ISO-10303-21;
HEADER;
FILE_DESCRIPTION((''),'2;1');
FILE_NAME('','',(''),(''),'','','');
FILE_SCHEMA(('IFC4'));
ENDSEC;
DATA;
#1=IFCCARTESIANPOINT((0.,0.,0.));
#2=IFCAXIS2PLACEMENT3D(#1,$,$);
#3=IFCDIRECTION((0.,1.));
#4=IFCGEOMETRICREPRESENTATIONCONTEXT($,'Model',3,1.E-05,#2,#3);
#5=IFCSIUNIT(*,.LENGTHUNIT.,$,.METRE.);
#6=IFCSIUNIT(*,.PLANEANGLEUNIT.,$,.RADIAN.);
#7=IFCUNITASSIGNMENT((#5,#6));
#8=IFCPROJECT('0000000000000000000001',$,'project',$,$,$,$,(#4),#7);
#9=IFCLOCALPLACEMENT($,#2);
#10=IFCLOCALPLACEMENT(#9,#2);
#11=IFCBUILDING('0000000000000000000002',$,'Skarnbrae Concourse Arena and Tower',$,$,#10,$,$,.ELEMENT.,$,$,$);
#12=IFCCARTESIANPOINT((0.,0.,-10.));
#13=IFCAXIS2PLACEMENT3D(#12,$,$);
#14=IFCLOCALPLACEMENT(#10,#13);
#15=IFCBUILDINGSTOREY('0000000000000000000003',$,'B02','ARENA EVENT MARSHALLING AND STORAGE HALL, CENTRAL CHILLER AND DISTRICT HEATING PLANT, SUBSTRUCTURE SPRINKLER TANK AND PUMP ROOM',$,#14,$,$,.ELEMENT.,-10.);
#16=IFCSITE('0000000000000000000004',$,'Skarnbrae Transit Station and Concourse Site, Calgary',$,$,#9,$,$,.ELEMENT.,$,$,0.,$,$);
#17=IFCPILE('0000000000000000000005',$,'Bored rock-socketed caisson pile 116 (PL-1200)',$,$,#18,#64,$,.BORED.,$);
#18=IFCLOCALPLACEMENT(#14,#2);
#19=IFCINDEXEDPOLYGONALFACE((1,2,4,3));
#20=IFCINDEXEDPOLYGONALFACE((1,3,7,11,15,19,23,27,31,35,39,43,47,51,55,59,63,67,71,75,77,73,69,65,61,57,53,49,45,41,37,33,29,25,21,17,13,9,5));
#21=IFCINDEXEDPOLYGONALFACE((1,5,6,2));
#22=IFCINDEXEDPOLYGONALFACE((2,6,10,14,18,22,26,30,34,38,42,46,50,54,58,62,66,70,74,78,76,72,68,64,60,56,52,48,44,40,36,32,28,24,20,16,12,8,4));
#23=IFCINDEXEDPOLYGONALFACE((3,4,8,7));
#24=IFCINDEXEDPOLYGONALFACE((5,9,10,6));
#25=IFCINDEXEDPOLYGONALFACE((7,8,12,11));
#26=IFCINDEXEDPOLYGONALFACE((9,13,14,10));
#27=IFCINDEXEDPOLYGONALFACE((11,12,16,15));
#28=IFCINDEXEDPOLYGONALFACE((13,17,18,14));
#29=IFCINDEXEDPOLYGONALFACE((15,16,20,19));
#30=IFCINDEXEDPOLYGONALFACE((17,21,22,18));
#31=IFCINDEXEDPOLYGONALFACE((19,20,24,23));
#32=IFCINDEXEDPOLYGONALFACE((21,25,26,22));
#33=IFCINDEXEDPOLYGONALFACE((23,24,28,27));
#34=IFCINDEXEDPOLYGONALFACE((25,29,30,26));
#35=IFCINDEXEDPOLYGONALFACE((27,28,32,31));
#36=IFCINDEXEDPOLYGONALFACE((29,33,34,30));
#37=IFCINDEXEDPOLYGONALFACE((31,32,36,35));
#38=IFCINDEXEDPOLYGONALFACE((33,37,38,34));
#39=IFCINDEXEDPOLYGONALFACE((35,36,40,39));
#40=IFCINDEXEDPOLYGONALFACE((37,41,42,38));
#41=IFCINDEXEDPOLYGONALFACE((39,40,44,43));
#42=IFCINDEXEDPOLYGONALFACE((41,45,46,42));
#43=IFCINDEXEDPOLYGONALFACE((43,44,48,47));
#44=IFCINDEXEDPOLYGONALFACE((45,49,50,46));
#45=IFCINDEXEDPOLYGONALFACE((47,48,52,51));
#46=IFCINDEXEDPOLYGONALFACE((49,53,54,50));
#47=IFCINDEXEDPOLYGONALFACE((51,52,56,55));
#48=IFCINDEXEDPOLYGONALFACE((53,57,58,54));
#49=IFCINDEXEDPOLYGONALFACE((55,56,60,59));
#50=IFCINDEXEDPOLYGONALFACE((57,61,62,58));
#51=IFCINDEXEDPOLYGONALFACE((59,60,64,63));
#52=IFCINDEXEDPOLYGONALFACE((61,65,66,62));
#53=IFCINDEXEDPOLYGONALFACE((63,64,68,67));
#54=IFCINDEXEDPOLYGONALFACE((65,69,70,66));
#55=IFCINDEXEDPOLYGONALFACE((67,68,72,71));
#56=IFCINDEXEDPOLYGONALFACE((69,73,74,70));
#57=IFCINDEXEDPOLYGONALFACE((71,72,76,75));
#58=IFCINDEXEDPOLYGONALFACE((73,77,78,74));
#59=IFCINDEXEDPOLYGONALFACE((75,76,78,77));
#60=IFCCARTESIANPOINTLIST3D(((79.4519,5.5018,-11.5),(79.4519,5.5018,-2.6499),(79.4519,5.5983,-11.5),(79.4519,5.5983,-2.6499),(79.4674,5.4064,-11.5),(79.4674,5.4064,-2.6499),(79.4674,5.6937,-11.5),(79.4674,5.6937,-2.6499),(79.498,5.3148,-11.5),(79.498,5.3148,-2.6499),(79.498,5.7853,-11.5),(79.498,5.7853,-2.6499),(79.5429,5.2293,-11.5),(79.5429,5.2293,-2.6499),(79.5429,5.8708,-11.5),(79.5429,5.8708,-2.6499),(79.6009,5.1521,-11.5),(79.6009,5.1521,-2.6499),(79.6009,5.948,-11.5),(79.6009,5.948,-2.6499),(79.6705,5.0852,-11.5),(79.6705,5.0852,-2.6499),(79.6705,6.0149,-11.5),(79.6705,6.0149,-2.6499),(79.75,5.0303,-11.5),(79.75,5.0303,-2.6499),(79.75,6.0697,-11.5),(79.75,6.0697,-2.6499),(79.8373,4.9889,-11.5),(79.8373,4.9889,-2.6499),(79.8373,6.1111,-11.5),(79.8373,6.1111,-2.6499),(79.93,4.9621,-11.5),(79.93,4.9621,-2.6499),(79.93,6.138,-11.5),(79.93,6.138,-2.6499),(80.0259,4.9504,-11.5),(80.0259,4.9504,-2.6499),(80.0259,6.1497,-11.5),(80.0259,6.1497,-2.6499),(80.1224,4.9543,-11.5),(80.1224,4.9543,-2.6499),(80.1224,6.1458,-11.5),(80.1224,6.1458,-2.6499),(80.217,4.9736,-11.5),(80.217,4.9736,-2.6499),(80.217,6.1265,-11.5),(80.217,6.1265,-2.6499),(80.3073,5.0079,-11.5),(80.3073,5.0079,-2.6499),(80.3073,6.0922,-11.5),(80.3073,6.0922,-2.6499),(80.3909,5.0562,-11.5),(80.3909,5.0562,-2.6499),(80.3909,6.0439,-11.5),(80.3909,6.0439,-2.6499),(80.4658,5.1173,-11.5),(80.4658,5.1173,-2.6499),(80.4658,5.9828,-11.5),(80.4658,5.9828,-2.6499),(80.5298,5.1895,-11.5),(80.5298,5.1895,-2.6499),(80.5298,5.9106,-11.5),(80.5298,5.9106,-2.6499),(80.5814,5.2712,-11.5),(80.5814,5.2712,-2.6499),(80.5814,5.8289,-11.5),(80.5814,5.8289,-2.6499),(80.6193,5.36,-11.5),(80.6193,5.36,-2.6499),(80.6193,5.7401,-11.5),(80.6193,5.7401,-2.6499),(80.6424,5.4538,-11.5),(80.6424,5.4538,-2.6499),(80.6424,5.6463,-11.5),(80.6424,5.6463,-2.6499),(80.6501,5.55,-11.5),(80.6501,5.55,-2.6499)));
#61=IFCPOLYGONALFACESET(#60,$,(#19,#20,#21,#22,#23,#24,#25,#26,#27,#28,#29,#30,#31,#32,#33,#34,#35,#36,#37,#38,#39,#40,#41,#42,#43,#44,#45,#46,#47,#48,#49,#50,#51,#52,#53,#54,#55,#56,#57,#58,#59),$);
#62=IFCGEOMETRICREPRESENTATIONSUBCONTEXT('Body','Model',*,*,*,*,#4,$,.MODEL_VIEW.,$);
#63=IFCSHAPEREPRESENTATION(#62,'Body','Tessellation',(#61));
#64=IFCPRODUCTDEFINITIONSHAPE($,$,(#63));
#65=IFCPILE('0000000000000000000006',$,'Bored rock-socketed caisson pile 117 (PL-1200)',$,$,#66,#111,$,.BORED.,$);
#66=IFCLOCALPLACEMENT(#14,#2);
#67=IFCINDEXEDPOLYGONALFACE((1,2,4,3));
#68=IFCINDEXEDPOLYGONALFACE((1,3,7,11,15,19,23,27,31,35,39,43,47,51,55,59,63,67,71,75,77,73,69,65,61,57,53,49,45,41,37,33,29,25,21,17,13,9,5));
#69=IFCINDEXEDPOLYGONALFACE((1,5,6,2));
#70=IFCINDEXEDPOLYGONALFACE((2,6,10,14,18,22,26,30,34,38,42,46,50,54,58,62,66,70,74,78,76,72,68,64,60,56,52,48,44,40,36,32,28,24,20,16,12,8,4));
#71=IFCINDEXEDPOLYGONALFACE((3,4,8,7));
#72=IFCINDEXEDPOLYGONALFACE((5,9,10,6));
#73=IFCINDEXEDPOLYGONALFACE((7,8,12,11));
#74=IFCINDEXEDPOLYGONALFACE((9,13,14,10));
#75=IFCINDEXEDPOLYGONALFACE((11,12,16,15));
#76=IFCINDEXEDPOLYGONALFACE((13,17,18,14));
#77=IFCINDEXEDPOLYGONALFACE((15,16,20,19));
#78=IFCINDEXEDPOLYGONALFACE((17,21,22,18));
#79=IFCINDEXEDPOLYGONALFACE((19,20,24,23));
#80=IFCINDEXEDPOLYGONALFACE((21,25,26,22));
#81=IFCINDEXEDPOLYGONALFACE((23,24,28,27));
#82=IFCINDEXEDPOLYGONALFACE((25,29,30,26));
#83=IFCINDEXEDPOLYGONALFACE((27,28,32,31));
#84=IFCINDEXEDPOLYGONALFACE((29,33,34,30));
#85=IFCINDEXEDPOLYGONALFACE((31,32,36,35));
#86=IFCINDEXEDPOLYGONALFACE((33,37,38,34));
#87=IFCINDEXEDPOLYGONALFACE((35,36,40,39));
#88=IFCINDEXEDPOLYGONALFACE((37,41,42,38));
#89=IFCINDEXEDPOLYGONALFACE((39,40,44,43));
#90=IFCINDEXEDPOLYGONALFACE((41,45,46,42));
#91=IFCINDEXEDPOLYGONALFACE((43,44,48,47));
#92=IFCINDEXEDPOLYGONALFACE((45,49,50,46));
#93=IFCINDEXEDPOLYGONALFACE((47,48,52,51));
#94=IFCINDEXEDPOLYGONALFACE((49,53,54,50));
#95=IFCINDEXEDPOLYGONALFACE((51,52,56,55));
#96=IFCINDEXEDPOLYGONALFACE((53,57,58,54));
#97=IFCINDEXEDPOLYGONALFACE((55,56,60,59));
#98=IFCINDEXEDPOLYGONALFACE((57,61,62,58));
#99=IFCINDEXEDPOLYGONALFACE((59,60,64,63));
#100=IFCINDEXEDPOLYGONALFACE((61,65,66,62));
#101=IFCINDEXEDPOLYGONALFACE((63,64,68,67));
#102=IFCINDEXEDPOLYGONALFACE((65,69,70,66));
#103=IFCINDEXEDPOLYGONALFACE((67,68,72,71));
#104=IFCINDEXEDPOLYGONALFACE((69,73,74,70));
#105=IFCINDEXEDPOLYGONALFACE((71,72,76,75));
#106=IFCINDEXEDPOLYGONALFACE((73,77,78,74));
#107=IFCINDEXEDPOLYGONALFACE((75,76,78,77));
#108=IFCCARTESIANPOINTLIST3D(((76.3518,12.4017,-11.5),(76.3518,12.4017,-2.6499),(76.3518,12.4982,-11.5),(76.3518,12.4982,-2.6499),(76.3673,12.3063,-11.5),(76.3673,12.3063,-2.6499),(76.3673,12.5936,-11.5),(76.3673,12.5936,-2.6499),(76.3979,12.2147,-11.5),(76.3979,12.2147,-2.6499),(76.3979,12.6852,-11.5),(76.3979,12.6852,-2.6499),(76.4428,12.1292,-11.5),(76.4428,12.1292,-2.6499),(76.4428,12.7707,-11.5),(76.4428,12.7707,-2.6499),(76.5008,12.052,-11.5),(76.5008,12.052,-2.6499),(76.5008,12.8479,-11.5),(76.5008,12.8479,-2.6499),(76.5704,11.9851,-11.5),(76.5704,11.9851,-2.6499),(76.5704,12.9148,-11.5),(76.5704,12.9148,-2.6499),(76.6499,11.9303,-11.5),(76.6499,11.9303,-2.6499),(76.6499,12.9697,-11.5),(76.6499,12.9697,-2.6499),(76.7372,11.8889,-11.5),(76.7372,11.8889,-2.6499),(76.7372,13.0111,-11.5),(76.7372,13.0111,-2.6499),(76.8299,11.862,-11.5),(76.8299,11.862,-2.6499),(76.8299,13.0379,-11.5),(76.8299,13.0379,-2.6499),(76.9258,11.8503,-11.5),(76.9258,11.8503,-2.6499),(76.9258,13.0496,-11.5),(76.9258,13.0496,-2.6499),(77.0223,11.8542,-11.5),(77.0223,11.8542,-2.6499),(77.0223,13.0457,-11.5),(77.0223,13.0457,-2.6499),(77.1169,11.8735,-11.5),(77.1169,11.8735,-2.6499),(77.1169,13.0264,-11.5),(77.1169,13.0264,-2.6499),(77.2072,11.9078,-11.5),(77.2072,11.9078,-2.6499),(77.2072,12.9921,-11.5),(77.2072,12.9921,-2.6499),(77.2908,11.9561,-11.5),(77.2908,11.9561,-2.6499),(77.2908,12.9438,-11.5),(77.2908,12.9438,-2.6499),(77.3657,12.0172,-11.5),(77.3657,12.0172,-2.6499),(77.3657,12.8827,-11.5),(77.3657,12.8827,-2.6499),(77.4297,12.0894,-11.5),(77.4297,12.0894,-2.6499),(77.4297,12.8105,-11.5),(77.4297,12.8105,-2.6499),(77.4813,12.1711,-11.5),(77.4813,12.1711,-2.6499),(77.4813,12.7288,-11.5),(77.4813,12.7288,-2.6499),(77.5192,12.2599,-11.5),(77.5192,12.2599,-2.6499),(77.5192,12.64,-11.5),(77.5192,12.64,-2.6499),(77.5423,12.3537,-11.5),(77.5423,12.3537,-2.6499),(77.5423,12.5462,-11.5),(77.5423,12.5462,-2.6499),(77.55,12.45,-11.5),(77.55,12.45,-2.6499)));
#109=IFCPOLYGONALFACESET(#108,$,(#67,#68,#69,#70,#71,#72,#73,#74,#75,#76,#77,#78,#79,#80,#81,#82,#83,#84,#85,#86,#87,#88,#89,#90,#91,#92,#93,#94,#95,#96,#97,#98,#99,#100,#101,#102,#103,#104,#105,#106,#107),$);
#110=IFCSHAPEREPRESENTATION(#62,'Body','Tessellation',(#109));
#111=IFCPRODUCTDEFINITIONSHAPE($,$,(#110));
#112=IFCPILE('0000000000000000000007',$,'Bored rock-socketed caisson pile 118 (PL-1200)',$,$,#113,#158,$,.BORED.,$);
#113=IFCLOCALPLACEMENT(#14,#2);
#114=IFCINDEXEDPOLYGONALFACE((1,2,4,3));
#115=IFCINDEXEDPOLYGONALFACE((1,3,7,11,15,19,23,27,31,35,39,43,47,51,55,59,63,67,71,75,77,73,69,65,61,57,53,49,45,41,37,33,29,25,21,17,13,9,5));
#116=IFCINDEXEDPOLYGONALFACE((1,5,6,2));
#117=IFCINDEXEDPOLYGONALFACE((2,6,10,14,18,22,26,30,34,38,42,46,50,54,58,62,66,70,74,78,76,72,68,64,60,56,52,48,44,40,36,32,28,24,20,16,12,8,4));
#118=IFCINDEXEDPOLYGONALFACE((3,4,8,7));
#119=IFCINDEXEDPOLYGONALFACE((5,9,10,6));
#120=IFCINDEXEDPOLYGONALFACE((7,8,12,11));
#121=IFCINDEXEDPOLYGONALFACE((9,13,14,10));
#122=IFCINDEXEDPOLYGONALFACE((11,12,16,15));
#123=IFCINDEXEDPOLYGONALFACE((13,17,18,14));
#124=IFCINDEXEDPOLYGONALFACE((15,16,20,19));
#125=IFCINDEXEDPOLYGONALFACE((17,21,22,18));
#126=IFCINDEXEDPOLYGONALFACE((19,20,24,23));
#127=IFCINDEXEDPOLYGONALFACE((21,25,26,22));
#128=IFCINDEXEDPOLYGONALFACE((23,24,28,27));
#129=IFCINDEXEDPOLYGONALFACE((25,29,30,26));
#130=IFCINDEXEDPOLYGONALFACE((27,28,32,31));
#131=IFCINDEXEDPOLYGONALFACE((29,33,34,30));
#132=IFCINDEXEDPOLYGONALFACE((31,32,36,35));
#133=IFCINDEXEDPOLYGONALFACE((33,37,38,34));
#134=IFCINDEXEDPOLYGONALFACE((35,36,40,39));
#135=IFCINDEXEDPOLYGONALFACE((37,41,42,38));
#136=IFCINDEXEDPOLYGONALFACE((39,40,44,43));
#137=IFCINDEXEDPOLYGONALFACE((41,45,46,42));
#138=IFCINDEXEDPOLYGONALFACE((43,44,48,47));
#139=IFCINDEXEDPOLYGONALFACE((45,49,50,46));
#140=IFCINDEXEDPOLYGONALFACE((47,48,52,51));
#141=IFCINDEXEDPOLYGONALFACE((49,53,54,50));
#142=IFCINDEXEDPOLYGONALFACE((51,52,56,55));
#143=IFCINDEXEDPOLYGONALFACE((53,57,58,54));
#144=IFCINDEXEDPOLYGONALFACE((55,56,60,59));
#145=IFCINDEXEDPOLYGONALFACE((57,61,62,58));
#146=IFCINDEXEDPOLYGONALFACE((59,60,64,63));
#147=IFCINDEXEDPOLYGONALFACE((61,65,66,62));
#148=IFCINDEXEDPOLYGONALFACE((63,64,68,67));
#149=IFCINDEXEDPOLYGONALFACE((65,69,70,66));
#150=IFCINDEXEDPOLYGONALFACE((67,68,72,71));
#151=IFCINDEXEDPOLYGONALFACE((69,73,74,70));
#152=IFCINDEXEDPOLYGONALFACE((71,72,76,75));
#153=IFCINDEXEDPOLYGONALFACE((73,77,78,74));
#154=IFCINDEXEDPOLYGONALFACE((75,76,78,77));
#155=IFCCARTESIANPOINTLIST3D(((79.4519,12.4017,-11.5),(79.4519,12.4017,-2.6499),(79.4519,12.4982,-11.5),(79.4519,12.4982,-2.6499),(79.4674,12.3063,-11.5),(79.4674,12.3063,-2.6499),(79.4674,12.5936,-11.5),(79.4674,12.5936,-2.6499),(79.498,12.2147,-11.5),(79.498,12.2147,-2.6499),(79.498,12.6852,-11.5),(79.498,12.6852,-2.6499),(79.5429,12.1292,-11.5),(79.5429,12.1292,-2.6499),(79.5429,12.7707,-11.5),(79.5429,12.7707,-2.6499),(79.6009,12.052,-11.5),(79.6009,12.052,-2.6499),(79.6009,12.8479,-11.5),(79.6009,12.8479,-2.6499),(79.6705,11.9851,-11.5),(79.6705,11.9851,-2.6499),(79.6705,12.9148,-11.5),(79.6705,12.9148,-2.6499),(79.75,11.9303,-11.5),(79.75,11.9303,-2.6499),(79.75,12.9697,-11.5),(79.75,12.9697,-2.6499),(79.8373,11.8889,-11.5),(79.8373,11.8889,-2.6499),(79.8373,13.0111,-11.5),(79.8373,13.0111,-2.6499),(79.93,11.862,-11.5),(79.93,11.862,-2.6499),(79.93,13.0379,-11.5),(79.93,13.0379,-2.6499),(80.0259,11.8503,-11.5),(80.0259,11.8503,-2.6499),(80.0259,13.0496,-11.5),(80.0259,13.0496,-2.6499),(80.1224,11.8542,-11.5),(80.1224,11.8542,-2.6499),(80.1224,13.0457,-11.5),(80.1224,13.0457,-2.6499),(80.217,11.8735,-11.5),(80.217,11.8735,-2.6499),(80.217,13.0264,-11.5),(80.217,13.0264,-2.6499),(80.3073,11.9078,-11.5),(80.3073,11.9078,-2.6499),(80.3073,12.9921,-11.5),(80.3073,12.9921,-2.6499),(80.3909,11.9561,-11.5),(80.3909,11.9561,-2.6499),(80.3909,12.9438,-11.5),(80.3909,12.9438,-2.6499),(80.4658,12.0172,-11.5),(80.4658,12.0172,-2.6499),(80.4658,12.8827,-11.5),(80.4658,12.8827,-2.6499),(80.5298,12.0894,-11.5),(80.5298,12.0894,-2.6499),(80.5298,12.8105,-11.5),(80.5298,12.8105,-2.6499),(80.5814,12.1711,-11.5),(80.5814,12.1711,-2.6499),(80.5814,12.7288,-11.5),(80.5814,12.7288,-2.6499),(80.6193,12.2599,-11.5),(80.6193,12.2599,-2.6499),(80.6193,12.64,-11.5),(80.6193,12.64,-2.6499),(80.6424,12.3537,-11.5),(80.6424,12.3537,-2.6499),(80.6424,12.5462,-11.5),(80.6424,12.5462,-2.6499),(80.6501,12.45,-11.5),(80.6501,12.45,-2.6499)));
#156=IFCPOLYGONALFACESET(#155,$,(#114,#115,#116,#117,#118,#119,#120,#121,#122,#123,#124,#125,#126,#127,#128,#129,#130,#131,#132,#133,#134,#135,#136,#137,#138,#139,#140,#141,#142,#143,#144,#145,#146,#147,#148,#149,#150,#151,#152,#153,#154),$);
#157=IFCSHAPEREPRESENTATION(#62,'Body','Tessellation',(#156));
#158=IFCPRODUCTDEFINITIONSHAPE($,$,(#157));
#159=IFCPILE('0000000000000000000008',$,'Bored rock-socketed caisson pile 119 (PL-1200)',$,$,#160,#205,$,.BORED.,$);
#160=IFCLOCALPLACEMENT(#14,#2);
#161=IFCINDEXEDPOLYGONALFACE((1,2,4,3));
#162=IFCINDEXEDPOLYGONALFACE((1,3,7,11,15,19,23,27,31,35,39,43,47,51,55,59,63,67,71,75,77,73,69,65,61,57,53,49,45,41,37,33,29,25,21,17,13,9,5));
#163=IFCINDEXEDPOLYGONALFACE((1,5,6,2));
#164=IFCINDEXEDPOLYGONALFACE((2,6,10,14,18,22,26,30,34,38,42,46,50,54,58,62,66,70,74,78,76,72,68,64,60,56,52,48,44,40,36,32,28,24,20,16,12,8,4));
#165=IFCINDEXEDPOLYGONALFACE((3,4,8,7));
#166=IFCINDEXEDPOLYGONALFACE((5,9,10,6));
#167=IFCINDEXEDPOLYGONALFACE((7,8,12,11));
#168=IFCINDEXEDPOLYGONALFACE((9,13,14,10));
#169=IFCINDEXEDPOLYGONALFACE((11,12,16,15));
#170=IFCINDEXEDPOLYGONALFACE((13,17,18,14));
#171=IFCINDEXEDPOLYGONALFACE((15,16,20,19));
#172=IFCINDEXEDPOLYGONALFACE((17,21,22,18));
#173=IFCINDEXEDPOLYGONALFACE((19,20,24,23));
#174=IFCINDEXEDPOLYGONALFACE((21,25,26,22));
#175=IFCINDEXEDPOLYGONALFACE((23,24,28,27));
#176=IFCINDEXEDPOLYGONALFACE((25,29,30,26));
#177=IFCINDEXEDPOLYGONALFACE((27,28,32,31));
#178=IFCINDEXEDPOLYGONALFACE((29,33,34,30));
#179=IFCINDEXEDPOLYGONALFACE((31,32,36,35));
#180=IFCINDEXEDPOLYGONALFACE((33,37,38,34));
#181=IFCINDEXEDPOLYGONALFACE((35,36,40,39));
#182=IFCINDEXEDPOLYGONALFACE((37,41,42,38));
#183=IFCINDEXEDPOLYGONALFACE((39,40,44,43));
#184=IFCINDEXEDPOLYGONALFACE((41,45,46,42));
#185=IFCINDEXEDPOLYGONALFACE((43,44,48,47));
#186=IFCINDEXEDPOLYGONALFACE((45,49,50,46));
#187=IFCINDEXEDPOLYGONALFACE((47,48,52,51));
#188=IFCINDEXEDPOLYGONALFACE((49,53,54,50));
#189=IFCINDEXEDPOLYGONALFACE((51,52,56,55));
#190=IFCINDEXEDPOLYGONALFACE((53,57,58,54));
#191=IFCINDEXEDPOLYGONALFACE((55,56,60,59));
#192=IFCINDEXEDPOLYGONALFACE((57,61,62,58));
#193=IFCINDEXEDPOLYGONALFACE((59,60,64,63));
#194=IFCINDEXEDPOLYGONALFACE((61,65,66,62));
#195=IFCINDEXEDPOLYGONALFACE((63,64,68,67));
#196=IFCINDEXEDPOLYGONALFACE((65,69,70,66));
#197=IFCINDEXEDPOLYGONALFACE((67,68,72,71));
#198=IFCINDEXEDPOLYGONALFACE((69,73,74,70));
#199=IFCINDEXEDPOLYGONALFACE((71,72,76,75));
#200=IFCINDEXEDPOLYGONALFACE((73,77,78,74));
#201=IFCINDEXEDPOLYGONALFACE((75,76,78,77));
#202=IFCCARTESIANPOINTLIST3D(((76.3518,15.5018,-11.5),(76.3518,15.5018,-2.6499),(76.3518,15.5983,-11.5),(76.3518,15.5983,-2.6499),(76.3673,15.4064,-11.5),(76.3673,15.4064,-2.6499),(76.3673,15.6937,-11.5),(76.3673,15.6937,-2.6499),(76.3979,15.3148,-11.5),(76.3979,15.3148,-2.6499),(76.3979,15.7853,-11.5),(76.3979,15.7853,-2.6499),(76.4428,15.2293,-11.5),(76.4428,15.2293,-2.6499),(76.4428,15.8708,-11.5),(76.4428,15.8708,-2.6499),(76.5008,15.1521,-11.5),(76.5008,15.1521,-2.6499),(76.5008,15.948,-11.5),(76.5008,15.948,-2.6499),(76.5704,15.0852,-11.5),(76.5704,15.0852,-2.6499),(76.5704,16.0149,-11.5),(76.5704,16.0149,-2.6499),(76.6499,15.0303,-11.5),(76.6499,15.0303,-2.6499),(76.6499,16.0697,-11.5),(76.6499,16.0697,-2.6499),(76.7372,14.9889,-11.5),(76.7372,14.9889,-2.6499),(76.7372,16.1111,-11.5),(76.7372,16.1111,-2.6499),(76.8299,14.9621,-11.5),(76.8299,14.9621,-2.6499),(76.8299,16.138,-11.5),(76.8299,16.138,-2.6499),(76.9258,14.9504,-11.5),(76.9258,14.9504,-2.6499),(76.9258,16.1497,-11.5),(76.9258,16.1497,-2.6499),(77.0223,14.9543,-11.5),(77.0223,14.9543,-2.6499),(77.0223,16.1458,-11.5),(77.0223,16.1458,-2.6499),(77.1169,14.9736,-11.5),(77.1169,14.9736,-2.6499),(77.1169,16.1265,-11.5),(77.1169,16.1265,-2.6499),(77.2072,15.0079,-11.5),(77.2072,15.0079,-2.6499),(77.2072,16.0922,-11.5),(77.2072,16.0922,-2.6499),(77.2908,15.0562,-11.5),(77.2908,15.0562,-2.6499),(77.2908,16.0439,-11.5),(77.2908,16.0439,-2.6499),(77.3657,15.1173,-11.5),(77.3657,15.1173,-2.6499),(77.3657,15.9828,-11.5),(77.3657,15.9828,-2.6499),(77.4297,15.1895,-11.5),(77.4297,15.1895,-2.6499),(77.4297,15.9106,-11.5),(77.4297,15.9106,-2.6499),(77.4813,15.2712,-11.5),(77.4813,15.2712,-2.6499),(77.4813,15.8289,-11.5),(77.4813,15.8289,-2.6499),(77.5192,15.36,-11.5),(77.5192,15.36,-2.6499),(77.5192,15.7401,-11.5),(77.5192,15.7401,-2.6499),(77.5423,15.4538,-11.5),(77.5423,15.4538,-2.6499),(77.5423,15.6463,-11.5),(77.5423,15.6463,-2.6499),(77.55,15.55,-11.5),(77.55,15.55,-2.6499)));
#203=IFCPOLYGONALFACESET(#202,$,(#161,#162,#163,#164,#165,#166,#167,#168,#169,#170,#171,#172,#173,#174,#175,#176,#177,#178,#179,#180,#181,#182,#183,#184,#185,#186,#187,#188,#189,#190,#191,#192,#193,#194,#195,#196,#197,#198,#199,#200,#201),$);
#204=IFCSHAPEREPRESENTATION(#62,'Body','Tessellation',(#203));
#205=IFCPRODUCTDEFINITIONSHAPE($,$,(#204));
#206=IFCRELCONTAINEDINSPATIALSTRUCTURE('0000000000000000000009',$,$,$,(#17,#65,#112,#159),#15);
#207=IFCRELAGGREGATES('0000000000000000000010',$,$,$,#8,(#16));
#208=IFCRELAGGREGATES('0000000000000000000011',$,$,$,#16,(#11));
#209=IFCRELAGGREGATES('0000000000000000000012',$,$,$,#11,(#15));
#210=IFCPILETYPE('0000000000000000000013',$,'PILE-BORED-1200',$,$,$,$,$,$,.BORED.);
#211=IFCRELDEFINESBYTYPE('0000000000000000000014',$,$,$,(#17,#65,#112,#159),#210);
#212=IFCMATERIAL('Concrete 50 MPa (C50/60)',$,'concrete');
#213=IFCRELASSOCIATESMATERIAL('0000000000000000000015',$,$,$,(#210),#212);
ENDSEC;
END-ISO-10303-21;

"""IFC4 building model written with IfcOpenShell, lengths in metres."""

from ifc_helpers import new_model, si_unit, direction, frame, origin, origin_2d, place, context, subcontext, project, spatial, circle, extrude, source, transform, mapped, material, material_profile, profile_set, type_object, element, save


model = new_model("IFC4")

# Units and contexts
model_context = context("Model", 3, precision=1e-05, world=origin(), true_north=direction((0.0, 1.0)))
body_context = subcontext(model_context, "Body", "Model", "MODEL_VIEW")
ifc_project = project(units=[si_unit("LENGTHUNIT", "METRE"), si_unit("PLANEANGLEUNIT", "RADIAN")], contexts=[model_context])

# Site, building, storey
site_placement = place(None, origin())
site = spatial("IfcSite", under=ifc_project, at=site_placement, Name="Skarnbrae Transit Station and Concourse Site, Calgary", CompositionType="ELEMENT", RefElevation=0.0)
building_placement = place(site_placement, origin())
building = spatial("IfcBuilding", under=site, at=building_placement, Name="Skarnbrae Concourse Arena and Tower", CompositionType="ELEMENT")
storey_placement = place(building_placement, frame((0.0, 0.0, -10.0)))
storey = spatial("IfcBuildingStorey", under=building, at=storey_placement, Name="B02", Description="ARENA EVENT MARSHALLING AND STORAGE HALL, CENTRAL CHILLER AND DISTRICT HEATING PLANT, SUBSTRUCTURE SPRINKLER TANK AND PUMP ROOM", CompositionType="ELEMENT", Elevation=-10.0)

# Shared definitions
ifc_material_1 = material(Name="Concrete 50 MPa (C50/60)", Category="concrete")

# Piles
ifc_material_profile_1 = material_profile(ifc_material_1, circle(Radius=0.6001, at=origin_2d()), Name="CAISSON-1200")
ifc_profile_set_1 = profile_set([ifc_material_profile_1], Name="Concrete 50 MPa (C50/60)")
pile_type = type_object("IfcPileType", Name="PILE-BORED-1200", PredefinedType="BORED", material=ifc_profile_set_1)
shared_shape_1 = source(origin(), body_context, "Body", "SweptSolid", [
    extrude(circle(Radius=0.6001, at=origin_2d()), origin(), (0.0, 0.0, 1.0), 8.8501),
])
for number, where, z_axis, x_axis, name in (
    (1, (80.05, 5.55, -2.6499), (0.0, 0.0, -1.0), (1.0, 0.0, 0.0), "Bored rock-socketed caisson pile 116 (PL-1200)"),
    (2, (76.95, 12.45, -2.6499), (0.0, 0.0, -1.0), (1.0, 0.0, 0.0), "Bored rock-socketed caisson pile 117 (PL-1200)"),
    (3, (80.05, 12.45, -2.6499), (0.0, 0.0, -1.0), (1.0, 0.0, 0.0), "Bored rock-socketed caisson pile 118 (PL-1200)"),
    (4, (76.95, 15.55, -2.6499), (0.0, 0.0, -1.0), (1.0, 0.0, 0.0), "Bored rock-socketed caisson pile 119 (PL-1200)"),
):
    element("IfcPile", number, at=place(storey_placement, frame(where, z_axis=z_axis, x_axis=x_axis)), inside=storey, type_object=pile_type, Name=name, PredefinedType="BORED", context=body_context, shape_type="MappedRepresentation", body=[
        mapped(shared_shape_1, transform((0.0, 0.0, 0.0))),
    ])

save(model, "model.ifc")
